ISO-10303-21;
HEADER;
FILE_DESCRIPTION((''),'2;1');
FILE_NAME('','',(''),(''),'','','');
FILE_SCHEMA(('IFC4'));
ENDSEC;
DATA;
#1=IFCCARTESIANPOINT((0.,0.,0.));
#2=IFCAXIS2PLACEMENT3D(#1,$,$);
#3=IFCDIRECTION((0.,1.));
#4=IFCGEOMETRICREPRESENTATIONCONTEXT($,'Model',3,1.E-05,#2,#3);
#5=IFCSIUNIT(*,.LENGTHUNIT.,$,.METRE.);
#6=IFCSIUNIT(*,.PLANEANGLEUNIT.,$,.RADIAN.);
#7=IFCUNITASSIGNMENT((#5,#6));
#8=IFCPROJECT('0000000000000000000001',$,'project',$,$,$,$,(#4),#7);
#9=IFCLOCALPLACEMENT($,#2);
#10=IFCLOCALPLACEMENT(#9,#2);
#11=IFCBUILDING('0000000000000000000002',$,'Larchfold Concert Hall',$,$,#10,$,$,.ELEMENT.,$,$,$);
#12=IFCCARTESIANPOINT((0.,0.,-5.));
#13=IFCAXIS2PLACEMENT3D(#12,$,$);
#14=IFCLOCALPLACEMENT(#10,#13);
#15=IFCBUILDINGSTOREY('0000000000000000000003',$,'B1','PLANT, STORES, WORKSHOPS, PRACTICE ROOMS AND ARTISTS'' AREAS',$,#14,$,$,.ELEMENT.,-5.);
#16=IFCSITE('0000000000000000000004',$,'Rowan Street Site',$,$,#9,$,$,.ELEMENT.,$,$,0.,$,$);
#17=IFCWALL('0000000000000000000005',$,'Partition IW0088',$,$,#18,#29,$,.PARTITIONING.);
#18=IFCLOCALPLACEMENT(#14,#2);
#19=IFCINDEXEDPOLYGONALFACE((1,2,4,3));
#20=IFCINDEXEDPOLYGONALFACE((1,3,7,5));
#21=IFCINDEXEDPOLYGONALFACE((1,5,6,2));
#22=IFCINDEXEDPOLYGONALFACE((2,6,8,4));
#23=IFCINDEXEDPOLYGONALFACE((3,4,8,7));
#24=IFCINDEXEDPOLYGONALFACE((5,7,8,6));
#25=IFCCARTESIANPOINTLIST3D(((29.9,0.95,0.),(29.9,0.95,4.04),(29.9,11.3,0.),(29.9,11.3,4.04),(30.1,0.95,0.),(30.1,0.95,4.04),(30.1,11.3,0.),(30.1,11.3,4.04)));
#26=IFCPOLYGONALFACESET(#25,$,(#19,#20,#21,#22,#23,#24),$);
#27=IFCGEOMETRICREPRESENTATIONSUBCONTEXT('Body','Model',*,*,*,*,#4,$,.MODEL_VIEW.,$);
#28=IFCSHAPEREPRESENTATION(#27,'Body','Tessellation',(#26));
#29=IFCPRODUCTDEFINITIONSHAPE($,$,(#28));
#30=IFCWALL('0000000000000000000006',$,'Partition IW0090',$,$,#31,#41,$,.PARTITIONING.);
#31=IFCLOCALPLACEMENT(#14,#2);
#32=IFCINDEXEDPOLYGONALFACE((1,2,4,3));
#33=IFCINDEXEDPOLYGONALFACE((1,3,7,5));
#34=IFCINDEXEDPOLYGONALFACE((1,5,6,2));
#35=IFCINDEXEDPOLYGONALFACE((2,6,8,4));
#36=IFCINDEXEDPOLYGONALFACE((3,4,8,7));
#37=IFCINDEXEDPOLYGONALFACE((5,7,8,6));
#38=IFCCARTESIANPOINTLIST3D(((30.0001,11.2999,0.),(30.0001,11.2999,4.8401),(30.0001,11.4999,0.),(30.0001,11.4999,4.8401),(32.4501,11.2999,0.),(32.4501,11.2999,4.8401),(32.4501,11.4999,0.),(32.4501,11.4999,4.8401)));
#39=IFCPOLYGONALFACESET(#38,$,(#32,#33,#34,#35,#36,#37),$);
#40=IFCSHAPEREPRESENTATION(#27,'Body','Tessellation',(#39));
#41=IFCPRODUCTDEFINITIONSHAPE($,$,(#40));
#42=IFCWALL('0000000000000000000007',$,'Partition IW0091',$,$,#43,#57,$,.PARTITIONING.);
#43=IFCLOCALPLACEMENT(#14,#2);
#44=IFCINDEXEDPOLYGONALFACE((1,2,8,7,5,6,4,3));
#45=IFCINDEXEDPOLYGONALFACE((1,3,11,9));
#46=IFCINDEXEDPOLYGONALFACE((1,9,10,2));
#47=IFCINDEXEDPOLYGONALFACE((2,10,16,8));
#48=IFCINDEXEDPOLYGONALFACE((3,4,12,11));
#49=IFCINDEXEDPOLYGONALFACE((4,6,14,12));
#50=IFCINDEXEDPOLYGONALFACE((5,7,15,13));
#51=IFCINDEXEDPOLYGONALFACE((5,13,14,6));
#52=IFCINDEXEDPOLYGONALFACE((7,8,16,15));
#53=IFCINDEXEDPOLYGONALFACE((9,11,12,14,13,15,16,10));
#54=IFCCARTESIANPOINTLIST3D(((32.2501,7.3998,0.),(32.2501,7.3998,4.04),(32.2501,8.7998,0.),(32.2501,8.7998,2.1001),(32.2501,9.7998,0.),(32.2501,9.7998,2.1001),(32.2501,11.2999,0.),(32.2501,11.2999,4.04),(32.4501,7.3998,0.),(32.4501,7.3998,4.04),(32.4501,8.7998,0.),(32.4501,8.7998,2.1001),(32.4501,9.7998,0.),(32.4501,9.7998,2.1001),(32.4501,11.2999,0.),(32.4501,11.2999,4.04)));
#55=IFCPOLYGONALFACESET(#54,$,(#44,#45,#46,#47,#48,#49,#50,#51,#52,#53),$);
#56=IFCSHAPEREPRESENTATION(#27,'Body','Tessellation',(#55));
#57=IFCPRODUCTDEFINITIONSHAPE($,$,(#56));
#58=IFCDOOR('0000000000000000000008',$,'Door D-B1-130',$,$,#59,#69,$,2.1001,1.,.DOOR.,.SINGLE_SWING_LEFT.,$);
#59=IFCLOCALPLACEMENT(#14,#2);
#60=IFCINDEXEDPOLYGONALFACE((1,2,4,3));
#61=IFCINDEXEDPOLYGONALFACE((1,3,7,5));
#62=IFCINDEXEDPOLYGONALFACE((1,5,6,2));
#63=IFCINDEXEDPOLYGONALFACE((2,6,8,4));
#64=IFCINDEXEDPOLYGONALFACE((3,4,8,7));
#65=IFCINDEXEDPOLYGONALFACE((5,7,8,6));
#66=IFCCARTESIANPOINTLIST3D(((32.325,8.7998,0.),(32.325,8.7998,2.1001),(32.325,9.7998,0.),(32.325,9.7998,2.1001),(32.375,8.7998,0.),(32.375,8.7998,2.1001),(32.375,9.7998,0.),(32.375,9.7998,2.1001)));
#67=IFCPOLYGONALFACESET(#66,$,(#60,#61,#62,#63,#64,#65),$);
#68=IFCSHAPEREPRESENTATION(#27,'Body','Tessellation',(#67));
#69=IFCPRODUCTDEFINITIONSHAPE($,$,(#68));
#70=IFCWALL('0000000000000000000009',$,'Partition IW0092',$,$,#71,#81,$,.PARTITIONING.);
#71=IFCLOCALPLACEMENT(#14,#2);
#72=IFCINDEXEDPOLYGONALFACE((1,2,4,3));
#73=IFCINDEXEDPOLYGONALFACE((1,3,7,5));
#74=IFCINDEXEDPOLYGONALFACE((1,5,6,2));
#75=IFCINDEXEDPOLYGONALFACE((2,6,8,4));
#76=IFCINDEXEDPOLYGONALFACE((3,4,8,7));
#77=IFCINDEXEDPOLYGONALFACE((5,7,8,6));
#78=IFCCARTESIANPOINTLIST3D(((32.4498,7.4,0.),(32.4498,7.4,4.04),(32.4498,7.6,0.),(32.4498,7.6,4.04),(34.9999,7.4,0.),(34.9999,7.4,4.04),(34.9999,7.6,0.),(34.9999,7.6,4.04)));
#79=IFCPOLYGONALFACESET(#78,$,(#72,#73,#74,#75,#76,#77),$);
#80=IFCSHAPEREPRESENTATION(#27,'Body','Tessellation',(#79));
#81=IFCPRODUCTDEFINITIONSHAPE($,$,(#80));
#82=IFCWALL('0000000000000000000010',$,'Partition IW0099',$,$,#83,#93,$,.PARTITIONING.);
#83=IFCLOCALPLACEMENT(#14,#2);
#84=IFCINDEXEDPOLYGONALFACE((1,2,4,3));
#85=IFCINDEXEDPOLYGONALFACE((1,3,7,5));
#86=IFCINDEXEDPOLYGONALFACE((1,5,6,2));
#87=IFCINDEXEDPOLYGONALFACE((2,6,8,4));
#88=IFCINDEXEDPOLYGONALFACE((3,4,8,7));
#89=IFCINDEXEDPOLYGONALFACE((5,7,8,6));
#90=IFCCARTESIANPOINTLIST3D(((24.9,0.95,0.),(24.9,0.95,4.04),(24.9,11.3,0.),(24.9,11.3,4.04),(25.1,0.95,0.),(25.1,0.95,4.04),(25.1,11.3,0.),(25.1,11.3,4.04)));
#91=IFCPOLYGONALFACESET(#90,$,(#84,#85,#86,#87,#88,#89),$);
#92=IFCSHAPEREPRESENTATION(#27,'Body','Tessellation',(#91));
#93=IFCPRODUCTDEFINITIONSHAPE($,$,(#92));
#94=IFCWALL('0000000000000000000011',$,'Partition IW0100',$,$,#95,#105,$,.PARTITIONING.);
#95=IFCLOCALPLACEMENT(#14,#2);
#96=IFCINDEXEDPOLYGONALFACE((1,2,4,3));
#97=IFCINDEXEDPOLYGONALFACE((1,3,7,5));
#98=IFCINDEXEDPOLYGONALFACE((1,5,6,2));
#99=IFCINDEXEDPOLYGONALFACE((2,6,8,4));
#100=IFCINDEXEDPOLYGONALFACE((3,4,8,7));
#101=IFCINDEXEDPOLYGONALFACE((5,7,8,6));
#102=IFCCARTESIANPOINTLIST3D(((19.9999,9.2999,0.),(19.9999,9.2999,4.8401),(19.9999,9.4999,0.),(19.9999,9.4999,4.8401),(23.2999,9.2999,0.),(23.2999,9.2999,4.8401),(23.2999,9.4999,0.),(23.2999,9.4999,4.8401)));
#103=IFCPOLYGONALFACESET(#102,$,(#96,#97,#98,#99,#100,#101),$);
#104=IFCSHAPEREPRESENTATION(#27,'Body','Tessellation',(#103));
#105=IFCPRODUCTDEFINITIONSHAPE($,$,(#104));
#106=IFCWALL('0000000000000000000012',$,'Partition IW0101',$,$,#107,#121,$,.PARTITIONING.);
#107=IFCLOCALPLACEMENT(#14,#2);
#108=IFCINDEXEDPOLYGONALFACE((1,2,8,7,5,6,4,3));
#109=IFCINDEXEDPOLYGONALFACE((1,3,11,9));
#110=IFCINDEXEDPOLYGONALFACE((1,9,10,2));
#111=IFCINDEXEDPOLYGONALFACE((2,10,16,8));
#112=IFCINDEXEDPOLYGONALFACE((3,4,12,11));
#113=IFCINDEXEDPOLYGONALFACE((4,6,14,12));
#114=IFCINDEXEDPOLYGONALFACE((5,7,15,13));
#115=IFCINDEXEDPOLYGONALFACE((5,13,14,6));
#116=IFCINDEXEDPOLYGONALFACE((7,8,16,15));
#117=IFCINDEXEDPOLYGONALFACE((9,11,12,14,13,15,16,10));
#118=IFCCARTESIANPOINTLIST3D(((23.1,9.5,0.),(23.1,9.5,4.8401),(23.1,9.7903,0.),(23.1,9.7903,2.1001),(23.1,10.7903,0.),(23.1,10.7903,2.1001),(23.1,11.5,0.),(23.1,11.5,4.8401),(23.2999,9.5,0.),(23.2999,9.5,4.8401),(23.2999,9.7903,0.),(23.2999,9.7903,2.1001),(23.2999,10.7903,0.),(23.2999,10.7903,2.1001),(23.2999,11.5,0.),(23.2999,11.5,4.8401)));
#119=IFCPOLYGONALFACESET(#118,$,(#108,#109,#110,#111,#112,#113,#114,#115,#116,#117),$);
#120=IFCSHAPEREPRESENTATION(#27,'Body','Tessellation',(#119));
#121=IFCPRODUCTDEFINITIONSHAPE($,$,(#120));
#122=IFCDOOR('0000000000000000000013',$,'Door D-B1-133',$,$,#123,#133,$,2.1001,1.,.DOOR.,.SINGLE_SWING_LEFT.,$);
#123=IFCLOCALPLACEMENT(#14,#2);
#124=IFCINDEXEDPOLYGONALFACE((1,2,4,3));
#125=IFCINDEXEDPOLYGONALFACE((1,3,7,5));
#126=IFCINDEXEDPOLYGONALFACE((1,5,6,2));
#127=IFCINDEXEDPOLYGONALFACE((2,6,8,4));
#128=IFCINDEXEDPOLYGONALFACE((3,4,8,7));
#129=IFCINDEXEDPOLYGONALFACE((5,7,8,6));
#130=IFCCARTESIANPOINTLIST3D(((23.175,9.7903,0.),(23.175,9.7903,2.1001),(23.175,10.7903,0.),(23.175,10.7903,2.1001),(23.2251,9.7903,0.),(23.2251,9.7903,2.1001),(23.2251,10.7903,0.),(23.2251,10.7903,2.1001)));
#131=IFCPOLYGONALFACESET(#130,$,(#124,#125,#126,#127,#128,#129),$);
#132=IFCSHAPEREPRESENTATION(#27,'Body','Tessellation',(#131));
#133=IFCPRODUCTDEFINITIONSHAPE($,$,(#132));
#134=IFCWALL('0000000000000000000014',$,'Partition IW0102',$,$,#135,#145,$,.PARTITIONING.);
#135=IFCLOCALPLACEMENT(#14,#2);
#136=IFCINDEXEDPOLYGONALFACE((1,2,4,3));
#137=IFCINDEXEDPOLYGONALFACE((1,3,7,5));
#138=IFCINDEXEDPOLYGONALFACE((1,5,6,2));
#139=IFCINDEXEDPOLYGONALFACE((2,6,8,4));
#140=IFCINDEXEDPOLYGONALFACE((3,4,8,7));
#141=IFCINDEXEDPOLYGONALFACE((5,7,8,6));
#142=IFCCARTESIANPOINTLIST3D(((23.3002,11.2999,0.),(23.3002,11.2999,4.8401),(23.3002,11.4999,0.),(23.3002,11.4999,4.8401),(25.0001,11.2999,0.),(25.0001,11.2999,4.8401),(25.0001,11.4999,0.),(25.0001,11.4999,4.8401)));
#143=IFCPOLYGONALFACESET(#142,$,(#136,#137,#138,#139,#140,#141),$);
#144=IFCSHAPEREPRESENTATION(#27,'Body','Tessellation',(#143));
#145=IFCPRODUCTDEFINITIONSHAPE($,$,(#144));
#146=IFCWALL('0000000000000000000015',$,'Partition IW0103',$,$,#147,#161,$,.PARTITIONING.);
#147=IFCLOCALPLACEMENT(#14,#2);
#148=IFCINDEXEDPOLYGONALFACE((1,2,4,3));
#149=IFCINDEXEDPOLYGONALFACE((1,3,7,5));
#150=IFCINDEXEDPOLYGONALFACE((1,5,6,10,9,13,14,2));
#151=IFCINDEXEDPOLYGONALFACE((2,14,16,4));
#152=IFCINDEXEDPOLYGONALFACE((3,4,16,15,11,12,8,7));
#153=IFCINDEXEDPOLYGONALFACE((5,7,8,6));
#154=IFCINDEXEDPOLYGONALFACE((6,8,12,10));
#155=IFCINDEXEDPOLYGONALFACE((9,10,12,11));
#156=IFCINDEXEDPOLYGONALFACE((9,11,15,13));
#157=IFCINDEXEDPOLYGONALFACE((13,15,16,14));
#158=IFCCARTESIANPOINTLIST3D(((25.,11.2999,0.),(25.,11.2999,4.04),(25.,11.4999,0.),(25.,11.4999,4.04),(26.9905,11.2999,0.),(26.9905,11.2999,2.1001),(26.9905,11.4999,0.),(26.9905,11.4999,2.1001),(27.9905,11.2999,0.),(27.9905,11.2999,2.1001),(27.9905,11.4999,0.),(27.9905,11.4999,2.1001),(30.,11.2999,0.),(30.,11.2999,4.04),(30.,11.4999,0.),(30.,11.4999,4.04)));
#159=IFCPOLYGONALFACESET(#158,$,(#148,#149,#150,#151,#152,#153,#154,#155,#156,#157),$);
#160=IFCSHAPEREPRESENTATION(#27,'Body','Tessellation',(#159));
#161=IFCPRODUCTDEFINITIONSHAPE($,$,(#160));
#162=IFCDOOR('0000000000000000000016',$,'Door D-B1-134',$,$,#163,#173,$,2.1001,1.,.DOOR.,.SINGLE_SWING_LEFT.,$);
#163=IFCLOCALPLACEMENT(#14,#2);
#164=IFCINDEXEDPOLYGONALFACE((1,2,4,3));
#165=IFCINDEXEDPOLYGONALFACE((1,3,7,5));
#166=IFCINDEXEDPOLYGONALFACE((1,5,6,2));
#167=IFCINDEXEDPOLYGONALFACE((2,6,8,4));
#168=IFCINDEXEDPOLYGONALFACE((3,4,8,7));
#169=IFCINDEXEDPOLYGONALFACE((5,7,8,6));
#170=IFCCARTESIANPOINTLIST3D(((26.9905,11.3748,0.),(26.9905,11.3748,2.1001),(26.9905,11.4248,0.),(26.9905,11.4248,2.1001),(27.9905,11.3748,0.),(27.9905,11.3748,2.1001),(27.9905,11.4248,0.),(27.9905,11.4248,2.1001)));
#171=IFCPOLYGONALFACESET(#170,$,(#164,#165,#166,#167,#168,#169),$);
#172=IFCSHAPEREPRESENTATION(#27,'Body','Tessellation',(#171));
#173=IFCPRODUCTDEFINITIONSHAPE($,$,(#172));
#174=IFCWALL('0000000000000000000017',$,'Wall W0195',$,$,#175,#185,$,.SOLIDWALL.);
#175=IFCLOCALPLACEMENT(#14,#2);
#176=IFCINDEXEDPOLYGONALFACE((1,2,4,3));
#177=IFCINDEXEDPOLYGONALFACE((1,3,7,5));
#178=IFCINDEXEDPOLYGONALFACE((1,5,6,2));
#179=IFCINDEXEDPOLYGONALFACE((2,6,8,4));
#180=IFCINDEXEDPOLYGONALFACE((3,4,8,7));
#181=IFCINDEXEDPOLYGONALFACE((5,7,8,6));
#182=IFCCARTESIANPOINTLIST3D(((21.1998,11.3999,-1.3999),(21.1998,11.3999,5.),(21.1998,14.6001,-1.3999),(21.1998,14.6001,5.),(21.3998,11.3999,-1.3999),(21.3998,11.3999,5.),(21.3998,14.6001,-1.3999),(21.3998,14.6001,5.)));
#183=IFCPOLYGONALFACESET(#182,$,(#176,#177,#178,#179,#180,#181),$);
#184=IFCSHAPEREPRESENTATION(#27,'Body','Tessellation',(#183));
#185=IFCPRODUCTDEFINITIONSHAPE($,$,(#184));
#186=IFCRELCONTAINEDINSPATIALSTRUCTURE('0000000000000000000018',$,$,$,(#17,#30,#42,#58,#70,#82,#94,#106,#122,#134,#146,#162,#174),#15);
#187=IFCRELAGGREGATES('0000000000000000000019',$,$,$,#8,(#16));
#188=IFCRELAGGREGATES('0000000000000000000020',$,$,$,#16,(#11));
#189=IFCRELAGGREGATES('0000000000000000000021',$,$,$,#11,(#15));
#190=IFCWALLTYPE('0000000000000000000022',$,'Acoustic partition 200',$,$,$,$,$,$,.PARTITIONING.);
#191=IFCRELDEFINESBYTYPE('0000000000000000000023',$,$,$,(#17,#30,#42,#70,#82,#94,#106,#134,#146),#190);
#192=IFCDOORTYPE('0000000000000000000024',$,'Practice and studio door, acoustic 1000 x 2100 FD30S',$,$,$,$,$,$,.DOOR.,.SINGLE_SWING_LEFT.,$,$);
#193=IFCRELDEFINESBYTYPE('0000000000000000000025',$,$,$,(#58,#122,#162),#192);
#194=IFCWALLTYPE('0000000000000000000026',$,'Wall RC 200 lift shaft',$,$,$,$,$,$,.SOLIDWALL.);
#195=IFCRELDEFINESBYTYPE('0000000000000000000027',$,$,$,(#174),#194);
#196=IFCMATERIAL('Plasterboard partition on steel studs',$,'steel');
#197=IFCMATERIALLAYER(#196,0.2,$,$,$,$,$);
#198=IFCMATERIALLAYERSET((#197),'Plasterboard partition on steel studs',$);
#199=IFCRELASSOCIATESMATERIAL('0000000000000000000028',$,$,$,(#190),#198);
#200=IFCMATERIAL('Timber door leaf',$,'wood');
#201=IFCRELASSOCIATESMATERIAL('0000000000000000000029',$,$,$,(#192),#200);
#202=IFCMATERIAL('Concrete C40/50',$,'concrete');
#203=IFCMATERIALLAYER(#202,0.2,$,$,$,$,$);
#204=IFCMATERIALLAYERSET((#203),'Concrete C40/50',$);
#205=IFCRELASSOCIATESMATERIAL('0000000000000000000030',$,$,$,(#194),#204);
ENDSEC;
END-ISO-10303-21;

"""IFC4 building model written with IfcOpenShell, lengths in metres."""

from ifc_helpers import new_model, si_unit, direction, frame, frame_2d, origin, place, context, subcontext, project, spatial, rectangle, extrude, material, layer, layer_set, type_object, element, fill, save


model = new_model("IFC4")

# Units and contexts
model_context = context("Model", 3, precision=1e-05, world=origin(), true_north=direction((0.0, 1.0)))
body_context = subcontext(model_context, "Body", "Model", "MODEL_VIEW")
ifc_project = project(units=[si_unit("LENGTHUNIT", "METRE"), si_unit("PLANEANGLEUNIT", "RADIAN")], contexts=[model_context])

# Site, building, storey
site_placement = place(None, origin())
site = spatial("IfcSite", under=ifc_project, at=site_placement, Name="Rowan Street Site", CompositionType="ELEMENT", RefElevation=0.0)
building_placement = place(site_placement, origin())
building = spatial("IfcBuilding", under=site, at=building_placement, Name="Larchfold Concert Hall", CompositionType="ELEMENT")
storey_placement = place(building_placement, frame((0.0, 0.0, -5.0)))
storey = spatial("IfcBuildingStorey", under=building, at=storey_placement, Name="B1", Description="PLANT, STORES, WORKSHOPS, PRACTICE ROOMS AND ARTISTS' AREAS", CompositionType="ELEMENT", Elevation=-5.0)

# Walls
ifc_material_1 = material(Name="Plasterboard partition on steel studs", Category="steel")
ifc_layer_1 = layer(ifc_material_1, 0.2)
ifc_layer_set_1 = layer_set([ifc_layer_1], Name="Plasterboard partition on steel studs")
wall_type_1 = type_object("IfcWallType", Name="Acoustic partition 200", PredefinedType="PARTITIONING", material=ifc_layer_set_1)
wall_1_placement = place(storey_placement, frame((30.0, 0.95, 0.0), z_axis=(0.0, 0.0, 1.0), x_axis=(0.0, 1.0, 0.0)))
element("IfcWall", 1, at=wall_1_placement, inside=storey, type_object=wall_type_1, Name="Partition IW0088", PredefinedType="PARTITIONING", context=body_context, shape_type="SweptSolid", body=[
    extrude(rectangle(XDim=10.3501, YDim=0.2, at=frame_2d((5.175, 0.0))), origin(), (0.0, 0.0, 1.0), 4.04),
])
wall_2_placement = place(storey_placement, frame((30.0, 11.3999, 0.0), z_axis=(0.0, 0.0, 1.0), x_axis=(1.0, 0.0, 0.0)))
element("IfcWall", 2, at=wall_2_placement, inside=storey, type_object=wall_type_1, Name="Partition IW0090", PredefinedType="PARTITIONING", context=body_context, shape_type="SweptSolid", body=[
    extrude(rectangle(XDim=2.45, YDim=0.2, at=frame_2d((1.2251, 0.0))), origin(), (0.0, 0.0, 1.0), 4.8401),
])

# Wall, opening, door
wall_3_placement = place(storey_placement, frame((32.3501, 11.3, 0.0), z_axis=(0.0, 0.0, 1.0), x_axis=(0.0, -1.0, 0.0)))
wall_3 = element("IfcWall", 3, at=wall_3_placement, inside=storey, type_object=wall_type_1, Name="Partition IW0091", PredefinedType="PARTITIONING", context=body_context, shape_type="SweptSolid", body=[
    extrude(rectangle(XDim=3.9001, YDim=0.2, at=frame_2d((1.9502, 0.0))), origin(), (0.0, 0.0, 1.0), 4.04),
])
opening_1_placement = place(wall_3_placement, frame((1.5002, 0.0, 0.0)))
opening_1 = element("IfcOpeningElement", 4, at=opening_1_placement, cuts=wall_3, PredefinedType="OPENING", context=body_context, shape_type="SweptSolid", body=[
    extrude(rectangle(XDim=1.0, YDim=2.1001, at=frame_2d((0.5, 1.05))), frame((0.0, 0.1099, 0.0), z_axis=(0.0, -1.0, 0.0), x_axis=(1.0, 0.0, 0.0)), (0.0, 0.0, 1.0), 0.22),
])
ifc_material_2 = material(Name="Timber door leaf", Category="wood")
door_type = type_object("IfcDoorType", Name="Practice and studio door, acoustic 1000 x 2100 FD30S", OperationType="SINGLE_SWING_LEFT", PredefinedType="DOOR", material=ifc_material_2)
door_1_placement = place(opening_1_placement, origin())
door_1 = element("IfcDoor", 5, at=door_1_placement, inside=storey, type_object=door_type, Name="Door D-B1-130", OperationType="SINGLE_SWING_LEFT", OverallHeight=2.1001, OverallWidth=1.0, PredefinedType="DOOR", context=body_context, shape_type="SweptSolid", body=[
    extrude(rectangle(XDim=1.0, YDim=2.1001, at=frame_2d((0.5, 1.05))), frame((0.0, 0.0249, 0.0), z_axis=(0.0, -1.0, 0.0), x_axis=(1.0, 0.0, 0.0)), (0.0, 0.0, 1.0), 0.05),
])
fill(opening_1, door_1)

# Walls
wall_4_placement = place(storey_placement, frame((32.45, 7.5, 0.0), z_axis=(0.0, 0.0, 1.0), x_axis=(1.0, 0.0, 0.0)))
element("IfcWall", 6, at=wall_4_placement, inside=storey, type_object=wall_type_1, Name="Partition IW0092", PredefinedType="PARTITIONING", context=body_context, shape_type="SweptSolid", body=[
    extrude(rectangle(XDim=2.55, YDim=0.2, at=frame_2d((1.2749, 0.0))), origin(), (0.0, 0.0, 1.0), 4.04),
])
wall_5_placement = place(storey_placement, frame((25.0, 11.3, 0.0), z_axis=(0.0, 0.0, 1.0), x_axis=(0.0, -1.0, 0.0)))
element("IfcWall", 7, at=wall_5_placement, inside=storey, type_object=wall_type_1, Name="Partition IW0099", PredefinedType="PARTITIONING", context=body_context, shape_type="SweptSolid", body=[
    extrude(rectangle(XDim=10.3501, YDim=0.2, at=frame_2d((5.175, 0.0))), origin(), (0.0, 0.0, 1.0), 4.04),
])
wall_6_placement = place(storey_placement, frame((20.0, 9.3999, 0.0), z_axis=(0.0, 0.0, 1.0), x_axis=(1.0, 0.0, 0.0)))
element("IfcWall", 8, at=wall_6_placement, inside=storey, type_object=wall_type_1, Name="Partition IW0100", PredefinedType="PARTITIONING", context=body_context, shape_type="SweptSolid", body=[
    extrude(rectangle(XDim=3.3, YDim=0.2, at=frame_2d((1.6499, 0.0))), origin(), (0.0, 0.0, 1.0), 4.8401),
])

# Wall, opening, door
wall_7_placement = place(storey_placement, frame((23.2, 9.5, 0.0), z_axis=(0.0, 0.0, 1.0), x_axis=(0.0, 1.0, 0.0)))
wall_7 = element("IfcWall", 9, at=wall_7_placement, inside=storey, type_object=wall_type_1, Name="Partition IW0101", PredefinedType="PARTITIONING", context=body_context, shape_type="SweptSolid", body=[
    extrude(rectangle(XDim=2.0, YDim=0.2, at=frame_2d((1.0, 0.0))), origin(), (0.0, 0.0, 1.0), 4.8401),
])
opening_2_placement = place(wall_7_placement, frame((0.2903, 0.0, 0.0)))
opening_2 = element("IfcOpeningElement", 10, at=opening_2_placement, cuts=wall_7, PredefinedType="OPENING", context=body_context, shape_type="SweptSolid", body=[
    extrude(rectangle(XDim=1.0, YDim=2.1001, at=frame_2d((0.5, 1.05))), frame((0.0, 0.1099, 0.0), z_axis=(0.0, -1.0, 0.0), x_axis=(1.0, 0.0, 0.0)), (0.0, 0.0, 1.0), 0.22),
])
door_2_placement = place(opening_2_placement, origin())
door_2 = element("IfcDoor", 11, at=door_2_placement, inside=storey, type_object=door_type, Name="Door D-B1-133", OperationType="SINGLE_SWING_LEFT", OverallHeight=2.1001, OverallWidth=1.0, PredefinedType="DOOR", context=body_context, shape_type="SweptSolid", body=[
    extrude(rectangle(XDim=1.0, YDim=2.1001, at=frame_2d((0.5, 1.05))), frame((0.0, 0.0249, 0.0), z_axis=(0.0, -1.0, 0.0), x_axis=(1.0, 0.0, 0.0)), (0.0, 0.0, 1.0), 0.05),
])
fill(opening_2, door_2)

# Wall
wall_8_placement = place(storey_placement, frame((23.3, 11.3999, 0.0), z_axis=(0.0, 0.0, 1.0), x_axis=(1.0, 0.0, 0.0)))
element("IfcWall", 12, at=wall_8_placement, inside=storey, type_object=wall_type_1, Name="Partition IW0102", PredefinedType="PARTITIONING", context=body_context, shape_type="SweptSolid", body=[
    extrude(rectangle(XDim=1.7, YDim=0.2, at=frame_2d((0.8501, 0.0))), origin(), (0.0, 0.0, 1.0), 4.8401),
])

# Wall, opening, door
wall_9_placement = place(storey_placement, frame((25.0, 11.3999, 0.0), z_axis=(0.0, 0.0, 1.0), x_axis=(1.0, 0.0, 0.0)))
wall_9 = element("IfcWall", 13, at=wall_9_placement, inside=storey, type_object=wall_type_1, Name="Partition IW0103", PredefinedType="PARTITIONING", context=body_context, shape_type="SweptSolid", body=[
    extrude(rectangle(XDim=5.0, YDim=0.2, at=frame_2d((2.5, 0.0))), origin(), (0.0, 0.0, 1.0), 4.04),
])
opening_3_placement = place(wall_9_placement, frame((1.9905, 0.0, 0.0)))
opening_3 = element("IfcOpeningElement", 14, at=opening_3_placement, cuts=wall_9, PredefinedType="OPENING", context=body_context, shape_type="SweptSolid", body=[
    extrude(rectangle(XDim=1.0, YDim=2.1001, at=frame_2d((0.5, 1.05))), frame((0.0, 0.1099, 0.0), z_axis=(0.0, -1.0, 0.0), x_axis=(1.0, 0.0, 0.0)), (0.0, 0.0, 1.0), 0.22),
])
door_3_placement = place(opening_3_placement, origin())
door_3 = element("IfcDoor", 15, at=door_3_placement, inside=storey, type_object=door_type, Name="Door D-B1-134", OperationType="SINGLE_SWING_LEFT", OverallHeight=2.1001, OverallWidth=1.0, PredefinedType="DOOR", context=body_context, shape_type="SweptSolid", body=[
    extrude(rectangle(XDim=1.0, YDim=2.1001, at=frame_2d((0.5, 1.05))), frame((0.0, 0.0249, 0.0), z_axis=(0.0, -1.0, 0.0), x_axis=(1.0, 0.0, 0.0)), (0.0, 0.0, 1.0), 0.05),
])
fill(opening_3, door_3)

# Wall
ifc_material_3 = material(Name="Concrete C40/50", Category="concrete")
ifc_layer_2 = layer(ifc_material_3, 0.2)
ifc_layer_set_2 = layer_set([ifc_layer_2], Name="Concrete C40/50")
wall_type_2 = type_object("IfcWallType", Name="Wall RC 200 lift shaft", PredefinedType="SOLIDWALL", material=ifc_layer_set_2)
wall_10_placement = place(storey_placement, frame((21.2998, 11.3999, -1.3999), z_axis=(0.0, 0.0, 1.0), x_axis=(0.0, 1.0, 0.0)))
element("IfcWall", 16, at=wall_10_placement, inside=storey, type_object=wall_type_2, Name="Wall W0195", PredefinedType="SOLIDWALL", context=body_context, shape_type="SweptSolid", body=[
    extrude(rectangle(XDim=3.2002, YDim=0.2, at=frame_2d((1.6001, 0.0))), origin(), (0.0, 0.0, 1.0), 6.3999),
])

save(model, "model.ifc")
